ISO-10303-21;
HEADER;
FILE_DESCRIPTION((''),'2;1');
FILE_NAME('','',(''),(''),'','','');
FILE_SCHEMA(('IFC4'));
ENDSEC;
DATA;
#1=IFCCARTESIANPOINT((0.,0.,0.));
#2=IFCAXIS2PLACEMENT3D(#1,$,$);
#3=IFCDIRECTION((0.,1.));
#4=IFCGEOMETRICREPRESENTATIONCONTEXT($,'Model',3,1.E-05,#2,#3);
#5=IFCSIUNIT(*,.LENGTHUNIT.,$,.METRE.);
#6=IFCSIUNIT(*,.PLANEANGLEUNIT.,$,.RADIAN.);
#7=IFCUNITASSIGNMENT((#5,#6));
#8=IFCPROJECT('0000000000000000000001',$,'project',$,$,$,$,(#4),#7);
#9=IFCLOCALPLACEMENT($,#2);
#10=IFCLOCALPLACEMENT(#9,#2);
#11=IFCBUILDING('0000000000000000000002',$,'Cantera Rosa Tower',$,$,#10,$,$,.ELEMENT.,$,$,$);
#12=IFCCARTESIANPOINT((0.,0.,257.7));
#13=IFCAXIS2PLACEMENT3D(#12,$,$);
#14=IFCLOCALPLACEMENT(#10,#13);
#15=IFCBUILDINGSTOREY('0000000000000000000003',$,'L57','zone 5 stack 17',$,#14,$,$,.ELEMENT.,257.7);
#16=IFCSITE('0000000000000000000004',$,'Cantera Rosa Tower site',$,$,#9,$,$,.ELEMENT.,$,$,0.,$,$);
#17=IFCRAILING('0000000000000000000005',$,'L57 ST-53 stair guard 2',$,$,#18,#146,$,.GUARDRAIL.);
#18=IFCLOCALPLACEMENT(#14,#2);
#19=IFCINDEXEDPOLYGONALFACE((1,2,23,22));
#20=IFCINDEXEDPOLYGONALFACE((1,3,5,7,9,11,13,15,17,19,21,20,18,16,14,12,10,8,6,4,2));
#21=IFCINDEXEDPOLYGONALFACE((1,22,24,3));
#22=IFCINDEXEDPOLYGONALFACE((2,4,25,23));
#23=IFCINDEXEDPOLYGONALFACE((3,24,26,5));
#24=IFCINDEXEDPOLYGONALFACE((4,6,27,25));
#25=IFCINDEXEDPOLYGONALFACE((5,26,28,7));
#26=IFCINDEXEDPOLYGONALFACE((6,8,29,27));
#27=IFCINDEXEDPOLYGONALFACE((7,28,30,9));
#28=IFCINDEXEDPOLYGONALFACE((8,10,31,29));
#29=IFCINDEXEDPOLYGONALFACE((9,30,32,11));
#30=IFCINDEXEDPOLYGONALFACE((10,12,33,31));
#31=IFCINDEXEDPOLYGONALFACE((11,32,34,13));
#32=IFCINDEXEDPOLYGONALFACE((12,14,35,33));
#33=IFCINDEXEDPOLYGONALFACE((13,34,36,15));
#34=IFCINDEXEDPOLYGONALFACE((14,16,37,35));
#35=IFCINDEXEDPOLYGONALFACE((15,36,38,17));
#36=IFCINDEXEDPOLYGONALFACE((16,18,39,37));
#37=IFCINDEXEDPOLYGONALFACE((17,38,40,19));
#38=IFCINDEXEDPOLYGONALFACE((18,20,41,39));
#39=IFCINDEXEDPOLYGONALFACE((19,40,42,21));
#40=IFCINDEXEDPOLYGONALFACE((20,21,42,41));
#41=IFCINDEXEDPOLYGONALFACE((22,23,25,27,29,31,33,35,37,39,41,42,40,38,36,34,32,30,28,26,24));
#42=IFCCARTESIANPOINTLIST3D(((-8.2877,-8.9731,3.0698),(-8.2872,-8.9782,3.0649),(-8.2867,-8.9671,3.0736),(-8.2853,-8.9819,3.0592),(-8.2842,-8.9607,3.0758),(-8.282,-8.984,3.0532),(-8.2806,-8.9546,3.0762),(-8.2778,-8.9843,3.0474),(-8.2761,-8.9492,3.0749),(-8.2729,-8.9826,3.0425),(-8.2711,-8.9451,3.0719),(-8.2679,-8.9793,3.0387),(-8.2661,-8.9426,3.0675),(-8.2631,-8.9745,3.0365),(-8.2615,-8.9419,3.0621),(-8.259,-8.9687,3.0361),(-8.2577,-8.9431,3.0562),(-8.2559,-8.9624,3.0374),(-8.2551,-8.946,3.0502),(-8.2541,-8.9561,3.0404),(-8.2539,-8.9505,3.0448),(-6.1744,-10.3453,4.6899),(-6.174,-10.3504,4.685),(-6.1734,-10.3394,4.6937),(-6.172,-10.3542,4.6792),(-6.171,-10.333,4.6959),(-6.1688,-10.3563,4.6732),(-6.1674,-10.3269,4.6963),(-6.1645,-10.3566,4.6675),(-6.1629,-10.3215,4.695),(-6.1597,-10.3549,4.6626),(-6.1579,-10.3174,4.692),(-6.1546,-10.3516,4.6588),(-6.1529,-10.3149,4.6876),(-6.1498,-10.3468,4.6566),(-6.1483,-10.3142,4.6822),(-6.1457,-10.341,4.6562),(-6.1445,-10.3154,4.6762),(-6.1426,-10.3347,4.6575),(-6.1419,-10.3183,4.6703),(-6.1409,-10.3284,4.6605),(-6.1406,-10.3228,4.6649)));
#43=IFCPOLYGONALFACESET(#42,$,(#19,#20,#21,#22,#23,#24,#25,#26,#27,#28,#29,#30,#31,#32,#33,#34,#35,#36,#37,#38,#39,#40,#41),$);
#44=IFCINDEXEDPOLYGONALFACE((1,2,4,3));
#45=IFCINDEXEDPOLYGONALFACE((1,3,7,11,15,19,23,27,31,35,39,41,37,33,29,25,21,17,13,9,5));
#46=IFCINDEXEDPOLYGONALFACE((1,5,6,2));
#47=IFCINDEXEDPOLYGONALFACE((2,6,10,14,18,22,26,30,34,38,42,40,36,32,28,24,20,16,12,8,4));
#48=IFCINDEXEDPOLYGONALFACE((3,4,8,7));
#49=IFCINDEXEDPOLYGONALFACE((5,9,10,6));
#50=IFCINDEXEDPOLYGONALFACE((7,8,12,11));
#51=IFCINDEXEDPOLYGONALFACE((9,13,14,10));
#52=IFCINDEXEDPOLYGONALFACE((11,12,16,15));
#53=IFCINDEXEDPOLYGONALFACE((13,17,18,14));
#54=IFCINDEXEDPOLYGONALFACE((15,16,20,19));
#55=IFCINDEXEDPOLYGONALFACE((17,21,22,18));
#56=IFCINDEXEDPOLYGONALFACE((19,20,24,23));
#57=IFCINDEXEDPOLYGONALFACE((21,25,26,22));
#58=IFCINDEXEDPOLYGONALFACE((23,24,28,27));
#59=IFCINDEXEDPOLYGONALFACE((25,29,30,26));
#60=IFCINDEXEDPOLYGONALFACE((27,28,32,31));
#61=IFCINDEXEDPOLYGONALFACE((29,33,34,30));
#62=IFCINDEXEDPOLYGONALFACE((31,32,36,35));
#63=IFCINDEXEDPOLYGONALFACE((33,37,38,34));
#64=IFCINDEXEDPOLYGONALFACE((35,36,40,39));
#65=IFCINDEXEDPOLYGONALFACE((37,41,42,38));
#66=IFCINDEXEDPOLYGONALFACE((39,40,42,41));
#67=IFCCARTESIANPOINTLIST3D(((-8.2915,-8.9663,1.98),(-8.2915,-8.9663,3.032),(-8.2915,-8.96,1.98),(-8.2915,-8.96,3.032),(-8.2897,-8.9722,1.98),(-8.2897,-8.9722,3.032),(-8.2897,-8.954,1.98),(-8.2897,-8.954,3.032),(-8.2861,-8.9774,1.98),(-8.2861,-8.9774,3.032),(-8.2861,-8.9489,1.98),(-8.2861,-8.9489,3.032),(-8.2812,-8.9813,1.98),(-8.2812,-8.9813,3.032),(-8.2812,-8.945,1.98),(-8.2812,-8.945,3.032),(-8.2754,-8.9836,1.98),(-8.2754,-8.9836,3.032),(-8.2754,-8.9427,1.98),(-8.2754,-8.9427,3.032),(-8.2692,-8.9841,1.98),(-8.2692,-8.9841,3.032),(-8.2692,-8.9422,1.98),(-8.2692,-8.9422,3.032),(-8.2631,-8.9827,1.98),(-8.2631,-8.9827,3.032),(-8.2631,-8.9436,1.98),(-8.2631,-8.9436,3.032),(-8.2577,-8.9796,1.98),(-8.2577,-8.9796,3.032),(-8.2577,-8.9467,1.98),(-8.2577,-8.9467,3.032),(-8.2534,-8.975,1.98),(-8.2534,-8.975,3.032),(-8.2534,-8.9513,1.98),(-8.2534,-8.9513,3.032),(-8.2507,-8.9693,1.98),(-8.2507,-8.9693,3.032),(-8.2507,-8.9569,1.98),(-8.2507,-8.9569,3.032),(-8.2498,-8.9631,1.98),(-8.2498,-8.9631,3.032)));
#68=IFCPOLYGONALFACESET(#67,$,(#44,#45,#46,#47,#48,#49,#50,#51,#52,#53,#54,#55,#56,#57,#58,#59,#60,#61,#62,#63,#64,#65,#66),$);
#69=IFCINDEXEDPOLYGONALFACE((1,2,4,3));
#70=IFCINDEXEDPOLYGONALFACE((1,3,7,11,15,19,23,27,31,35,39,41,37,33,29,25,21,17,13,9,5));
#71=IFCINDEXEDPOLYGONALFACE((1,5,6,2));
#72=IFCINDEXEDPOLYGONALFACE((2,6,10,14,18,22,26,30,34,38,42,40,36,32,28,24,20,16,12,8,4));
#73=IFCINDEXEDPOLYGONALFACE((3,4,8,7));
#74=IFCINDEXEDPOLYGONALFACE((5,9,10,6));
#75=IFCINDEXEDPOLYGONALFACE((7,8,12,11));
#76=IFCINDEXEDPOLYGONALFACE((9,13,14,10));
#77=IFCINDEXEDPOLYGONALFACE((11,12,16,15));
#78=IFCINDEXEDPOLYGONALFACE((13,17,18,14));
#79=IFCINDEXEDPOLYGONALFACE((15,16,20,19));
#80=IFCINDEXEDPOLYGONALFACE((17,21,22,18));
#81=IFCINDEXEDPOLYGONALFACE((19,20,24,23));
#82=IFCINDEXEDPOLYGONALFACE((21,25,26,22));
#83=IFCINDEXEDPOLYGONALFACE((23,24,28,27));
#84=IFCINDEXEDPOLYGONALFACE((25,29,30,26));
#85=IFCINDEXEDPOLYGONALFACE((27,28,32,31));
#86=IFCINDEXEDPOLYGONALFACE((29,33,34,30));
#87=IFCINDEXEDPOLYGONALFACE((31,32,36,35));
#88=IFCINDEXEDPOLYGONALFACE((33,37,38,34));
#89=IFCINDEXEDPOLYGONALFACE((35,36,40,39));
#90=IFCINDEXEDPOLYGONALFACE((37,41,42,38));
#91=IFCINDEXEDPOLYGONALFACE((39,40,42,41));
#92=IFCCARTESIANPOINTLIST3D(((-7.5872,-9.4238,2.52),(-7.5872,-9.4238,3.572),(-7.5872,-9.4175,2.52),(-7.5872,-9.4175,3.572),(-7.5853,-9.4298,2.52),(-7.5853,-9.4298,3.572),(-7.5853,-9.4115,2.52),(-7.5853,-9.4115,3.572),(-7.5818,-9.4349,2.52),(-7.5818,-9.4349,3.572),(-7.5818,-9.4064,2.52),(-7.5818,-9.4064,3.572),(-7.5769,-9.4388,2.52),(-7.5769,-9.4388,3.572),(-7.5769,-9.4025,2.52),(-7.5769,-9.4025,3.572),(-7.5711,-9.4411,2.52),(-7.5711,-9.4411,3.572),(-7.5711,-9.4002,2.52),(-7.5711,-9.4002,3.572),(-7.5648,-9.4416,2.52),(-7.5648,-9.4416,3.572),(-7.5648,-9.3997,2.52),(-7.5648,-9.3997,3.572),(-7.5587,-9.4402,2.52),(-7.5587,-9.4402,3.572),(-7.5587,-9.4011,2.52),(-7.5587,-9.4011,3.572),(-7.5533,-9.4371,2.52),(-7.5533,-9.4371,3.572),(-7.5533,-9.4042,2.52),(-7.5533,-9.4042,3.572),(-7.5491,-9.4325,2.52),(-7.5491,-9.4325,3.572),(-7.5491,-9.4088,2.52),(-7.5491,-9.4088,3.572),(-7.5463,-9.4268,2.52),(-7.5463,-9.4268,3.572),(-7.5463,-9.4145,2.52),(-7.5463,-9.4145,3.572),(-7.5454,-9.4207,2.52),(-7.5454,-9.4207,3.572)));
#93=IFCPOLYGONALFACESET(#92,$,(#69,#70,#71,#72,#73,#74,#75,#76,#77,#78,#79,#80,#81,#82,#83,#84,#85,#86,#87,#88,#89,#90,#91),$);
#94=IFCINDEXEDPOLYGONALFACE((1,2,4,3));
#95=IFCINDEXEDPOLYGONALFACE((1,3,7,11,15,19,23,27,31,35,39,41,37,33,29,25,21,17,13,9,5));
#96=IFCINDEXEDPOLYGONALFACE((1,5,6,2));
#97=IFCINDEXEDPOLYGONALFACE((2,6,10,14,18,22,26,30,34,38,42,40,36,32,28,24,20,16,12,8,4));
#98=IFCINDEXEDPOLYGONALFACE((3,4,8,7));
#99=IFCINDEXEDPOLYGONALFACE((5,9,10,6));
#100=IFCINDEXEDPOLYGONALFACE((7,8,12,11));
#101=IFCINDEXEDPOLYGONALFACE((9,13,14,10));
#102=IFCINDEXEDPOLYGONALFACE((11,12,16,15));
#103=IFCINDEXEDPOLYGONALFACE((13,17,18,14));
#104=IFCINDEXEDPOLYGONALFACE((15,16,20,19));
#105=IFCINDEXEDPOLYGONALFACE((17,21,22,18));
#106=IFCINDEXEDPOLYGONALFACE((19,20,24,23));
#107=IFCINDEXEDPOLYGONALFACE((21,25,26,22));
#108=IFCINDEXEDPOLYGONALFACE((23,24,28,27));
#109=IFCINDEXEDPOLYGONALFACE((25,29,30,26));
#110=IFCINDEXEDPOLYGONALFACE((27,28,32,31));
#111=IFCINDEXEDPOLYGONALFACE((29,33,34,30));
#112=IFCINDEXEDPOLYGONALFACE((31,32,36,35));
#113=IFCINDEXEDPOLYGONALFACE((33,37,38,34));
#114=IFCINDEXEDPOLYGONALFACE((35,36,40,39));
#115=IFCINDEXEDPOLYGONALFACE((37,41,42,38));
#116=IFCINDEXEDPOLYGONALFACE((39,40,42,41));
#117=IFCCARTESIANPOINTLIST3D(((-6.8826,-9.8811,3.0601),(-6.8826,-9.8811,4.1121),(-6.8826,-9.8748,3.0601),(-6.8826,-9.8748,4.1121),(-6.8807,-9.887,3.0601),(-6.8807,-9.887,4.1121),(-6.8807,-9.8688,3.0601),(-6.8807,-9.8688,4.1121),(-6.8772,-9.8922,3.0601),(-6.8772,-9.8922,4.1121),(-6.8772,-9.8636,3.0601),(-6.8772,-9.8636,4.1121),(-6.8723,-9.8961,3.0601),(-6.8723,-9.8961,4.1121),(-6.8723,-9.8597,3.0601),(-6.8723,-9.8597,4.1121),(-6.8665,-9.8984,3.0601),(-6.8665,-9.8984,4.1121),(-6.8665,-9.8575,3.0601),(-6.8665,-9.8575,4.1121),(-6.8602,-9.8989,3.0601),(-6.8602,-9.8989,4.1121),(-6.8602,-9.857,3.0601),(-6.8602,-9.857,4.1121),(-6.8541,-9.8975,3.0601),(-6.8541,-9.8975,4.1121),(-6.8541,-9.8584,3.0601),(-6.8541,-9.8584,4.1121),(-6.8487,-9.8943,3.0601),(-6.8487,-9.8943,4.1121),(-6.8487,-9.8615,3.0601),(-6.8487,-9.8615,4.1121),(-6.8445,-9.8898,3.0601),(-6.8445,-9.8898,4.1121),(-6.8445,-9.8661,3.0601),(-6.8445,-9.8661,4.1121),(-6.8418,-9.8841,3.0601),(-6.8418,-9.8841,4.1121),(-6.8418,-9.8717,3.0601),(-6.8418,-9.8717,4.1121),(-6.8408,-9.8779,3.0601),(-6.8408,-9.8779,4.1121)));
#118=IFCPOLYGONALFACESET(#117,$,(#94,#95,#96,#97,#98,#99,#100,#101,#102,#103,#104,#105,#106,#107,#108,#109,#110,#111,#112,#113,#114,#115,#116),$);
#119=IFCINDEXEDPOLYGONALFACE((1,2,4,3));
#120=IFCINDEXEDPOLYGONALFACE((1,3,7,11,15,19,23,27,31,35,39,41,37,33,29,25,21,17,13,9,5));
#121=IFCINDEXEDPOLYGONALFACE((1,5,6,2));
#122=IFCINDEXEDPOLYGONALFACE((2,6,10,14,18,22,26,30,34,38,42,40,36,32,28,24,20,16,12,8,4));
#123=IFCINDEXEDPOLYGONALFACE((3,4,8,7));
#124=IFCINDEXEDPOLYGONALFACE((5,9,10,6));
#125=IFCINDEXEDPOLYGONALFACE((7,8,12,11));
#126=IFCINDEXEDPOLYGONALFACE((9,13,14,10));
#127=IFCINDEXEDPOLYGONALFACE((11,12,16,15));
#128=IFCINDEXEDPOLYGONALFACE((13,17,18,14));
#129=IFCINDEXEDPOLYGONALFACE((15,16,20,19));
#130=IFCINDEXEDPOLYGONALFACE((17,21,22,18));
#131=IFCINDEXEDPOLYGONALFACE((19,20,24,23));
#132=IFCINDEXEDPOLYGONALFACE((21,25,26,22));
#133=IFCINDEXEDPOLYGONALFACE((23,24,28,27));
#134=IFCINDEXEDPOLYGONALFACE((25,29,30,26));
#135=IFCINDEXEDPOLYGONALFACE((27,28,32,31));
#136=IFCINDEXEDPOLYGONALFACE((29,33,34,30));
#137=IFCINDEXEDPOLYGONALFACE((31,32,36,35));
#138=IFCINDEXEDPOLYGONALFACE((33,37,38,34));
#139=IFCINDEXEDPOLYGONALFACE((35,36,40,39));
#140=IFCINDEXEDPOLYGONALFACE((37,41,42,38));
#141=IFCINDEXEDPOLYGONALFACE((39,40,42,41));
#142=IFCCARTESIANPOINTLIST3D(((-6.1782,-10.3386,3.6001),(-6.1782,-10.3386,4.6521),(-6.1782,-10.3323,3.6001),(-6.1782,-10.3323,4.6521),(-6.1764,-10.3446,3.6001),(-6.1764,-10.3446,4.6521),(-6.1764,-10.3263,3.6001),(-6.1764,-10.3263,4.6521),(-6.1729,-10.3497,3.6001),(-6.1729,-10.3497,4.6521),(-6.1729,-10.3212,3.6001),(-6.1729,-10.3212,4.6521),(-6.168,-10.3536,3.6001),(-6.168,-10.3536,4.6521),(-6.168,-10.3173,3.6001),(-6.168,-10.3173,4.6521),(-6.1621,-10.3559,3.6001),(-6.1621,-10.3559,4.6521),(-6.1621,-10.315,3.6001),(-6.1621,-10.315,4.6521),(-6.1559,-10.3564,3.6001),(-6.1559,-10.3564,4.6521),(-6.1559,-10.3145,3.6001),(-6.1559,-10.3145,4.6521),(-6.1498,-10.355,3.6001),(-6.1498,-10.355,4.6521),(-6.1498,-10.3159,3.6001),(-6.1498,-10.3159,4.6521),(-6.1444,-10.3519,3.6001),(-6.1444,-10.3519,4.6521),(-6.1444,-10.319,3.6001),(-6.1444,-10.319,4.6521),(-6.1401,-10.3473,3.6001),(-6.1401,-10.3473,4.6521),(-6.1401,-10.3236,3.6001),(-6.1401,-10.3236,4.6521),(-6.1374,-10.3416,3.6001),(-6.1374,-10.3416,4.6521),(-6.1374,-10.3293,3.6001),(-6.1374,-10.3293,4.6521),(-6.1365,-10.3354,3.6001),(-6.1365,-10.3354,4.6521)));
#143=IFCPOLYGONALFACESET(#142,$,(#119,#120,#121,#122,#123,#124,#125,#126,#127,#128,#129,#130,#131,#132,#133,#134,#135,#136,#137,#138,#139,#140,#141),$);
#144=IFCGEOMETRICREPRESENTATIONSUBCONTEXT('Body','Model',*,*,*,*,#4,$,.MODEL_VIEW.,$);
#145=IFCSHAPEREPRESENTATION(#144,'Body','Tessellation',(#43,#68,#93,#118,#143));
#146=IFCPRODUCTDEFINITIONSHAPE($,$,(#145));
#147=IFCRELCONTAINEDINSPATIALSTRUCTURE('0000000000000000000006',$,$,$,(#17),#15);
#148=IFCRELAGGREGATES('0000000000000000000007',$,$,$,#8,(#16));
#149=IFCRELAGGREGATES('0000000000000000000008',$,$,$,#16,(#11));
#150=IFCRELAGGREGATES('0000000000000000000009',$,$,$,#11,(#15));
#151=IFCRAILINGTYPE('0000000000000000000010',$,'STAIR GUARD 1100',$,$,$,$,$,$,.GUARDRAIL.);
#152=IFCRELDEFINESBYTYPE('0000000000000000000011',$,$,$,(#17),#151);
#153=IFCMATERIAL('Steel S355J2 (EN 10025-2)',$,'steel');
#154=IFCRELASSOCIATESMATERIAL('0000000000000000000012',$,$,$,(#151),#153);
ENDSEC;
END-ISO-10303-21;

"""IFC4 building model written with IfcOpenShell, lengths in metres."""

from ifc_helpers import new_model, si_unit, direction, frame, origin, origin_2d, place, context, subcontext, project, spatial, circle, extrude, material, type_object, element, save


model = new_model("IFC4")

# Units and contexts
model_context = context("Model", 3, precision=1e-05, world=origin(), true_north=direction((0.0, 1.0)))
body_context = subcontext(model_context, "Body", "Model", "MODEL_VIEW")
ifc_project = project(units=[si_unit("LENGTHUNIT", "METRE"), si_unit("PLANEANGLEUNIT", "RADIAN")], contexts=[model_context])

# Site, building, storey
site_placement = place(None, origin())
site = spatial("IfcSite", under=ifc_project, at=site_placement, Name="Cantera Rosa Tower site", CompositionType="ELEMENT", RefElevation=0.0)
building_placement = place(site_placement, origin())
building = spatial("IfcBuilding", under=site, at=building_placement, Name="Cantera Rosa Tower", CompositionType="ELEMENT")
storey_placement = place(building_placement, frame((0.0, 0.0, 257.7)))
storey = spatial("IfcBuildingStorey", under=building, at=storey_placement, Name="L57", Description="zone 5 stack 17", CompositionType="ELEMENT", Elevation=257.7)

# Railing
ifc_material_1 = material(Name="Steel S355J2 (EN 10025-2)", Category="steel")
railing_type_1 = type_object("IfcRailingType", Name="STAIR GUARD 1100", PredefinedType="GUARDRAIL", material=ifc_material_1)
railing_1_placement = place(storey_placement, frame((-8.2708, -8.9631, 1.98)))
element("IfcRailing", 1, at=railing_1_placement, inside=storey, type_object=railing_type_1, Name="L57 ST-53 stair guard 2", PredefinedType="GUARDRAIL", context=body_context, shape_type="SweptSolid", body=[
    extrude(circle(Radius=0.0239, at=origin_2d()), frame((0.0, 0.0, 1.0762), z_axis=(0.705447, -0.458101, 0.540821), x_axis=(0.54462, 0.838683, 0.0)), (0.0, 0.0, 1.0), 2.9956),
    extrude(circle(Radius=0.021, at=origin_2d()), origin(), (0.0, 0.0, 1.0), 1.052),
    extrude(circle(Radius=0.021, at=origin_2d()), frame((0.7043, -0.4575, 0.54)), (0.0, 0.0, 1.0), 1.052),
    extrude(circle(Radius=0.021, at=origin_2d()), frame((1.4089, -0.9148, 1.0801)), (0.0, 0.0, 1.0), 1.052),
    extrude(circle(Radius=0.021, at=origin_2d()), frame((2.1133, -1.3723, 1.6201)), (0.0, 0.0, 1.0), 1.052),
])

save(model, "model.ifc")
